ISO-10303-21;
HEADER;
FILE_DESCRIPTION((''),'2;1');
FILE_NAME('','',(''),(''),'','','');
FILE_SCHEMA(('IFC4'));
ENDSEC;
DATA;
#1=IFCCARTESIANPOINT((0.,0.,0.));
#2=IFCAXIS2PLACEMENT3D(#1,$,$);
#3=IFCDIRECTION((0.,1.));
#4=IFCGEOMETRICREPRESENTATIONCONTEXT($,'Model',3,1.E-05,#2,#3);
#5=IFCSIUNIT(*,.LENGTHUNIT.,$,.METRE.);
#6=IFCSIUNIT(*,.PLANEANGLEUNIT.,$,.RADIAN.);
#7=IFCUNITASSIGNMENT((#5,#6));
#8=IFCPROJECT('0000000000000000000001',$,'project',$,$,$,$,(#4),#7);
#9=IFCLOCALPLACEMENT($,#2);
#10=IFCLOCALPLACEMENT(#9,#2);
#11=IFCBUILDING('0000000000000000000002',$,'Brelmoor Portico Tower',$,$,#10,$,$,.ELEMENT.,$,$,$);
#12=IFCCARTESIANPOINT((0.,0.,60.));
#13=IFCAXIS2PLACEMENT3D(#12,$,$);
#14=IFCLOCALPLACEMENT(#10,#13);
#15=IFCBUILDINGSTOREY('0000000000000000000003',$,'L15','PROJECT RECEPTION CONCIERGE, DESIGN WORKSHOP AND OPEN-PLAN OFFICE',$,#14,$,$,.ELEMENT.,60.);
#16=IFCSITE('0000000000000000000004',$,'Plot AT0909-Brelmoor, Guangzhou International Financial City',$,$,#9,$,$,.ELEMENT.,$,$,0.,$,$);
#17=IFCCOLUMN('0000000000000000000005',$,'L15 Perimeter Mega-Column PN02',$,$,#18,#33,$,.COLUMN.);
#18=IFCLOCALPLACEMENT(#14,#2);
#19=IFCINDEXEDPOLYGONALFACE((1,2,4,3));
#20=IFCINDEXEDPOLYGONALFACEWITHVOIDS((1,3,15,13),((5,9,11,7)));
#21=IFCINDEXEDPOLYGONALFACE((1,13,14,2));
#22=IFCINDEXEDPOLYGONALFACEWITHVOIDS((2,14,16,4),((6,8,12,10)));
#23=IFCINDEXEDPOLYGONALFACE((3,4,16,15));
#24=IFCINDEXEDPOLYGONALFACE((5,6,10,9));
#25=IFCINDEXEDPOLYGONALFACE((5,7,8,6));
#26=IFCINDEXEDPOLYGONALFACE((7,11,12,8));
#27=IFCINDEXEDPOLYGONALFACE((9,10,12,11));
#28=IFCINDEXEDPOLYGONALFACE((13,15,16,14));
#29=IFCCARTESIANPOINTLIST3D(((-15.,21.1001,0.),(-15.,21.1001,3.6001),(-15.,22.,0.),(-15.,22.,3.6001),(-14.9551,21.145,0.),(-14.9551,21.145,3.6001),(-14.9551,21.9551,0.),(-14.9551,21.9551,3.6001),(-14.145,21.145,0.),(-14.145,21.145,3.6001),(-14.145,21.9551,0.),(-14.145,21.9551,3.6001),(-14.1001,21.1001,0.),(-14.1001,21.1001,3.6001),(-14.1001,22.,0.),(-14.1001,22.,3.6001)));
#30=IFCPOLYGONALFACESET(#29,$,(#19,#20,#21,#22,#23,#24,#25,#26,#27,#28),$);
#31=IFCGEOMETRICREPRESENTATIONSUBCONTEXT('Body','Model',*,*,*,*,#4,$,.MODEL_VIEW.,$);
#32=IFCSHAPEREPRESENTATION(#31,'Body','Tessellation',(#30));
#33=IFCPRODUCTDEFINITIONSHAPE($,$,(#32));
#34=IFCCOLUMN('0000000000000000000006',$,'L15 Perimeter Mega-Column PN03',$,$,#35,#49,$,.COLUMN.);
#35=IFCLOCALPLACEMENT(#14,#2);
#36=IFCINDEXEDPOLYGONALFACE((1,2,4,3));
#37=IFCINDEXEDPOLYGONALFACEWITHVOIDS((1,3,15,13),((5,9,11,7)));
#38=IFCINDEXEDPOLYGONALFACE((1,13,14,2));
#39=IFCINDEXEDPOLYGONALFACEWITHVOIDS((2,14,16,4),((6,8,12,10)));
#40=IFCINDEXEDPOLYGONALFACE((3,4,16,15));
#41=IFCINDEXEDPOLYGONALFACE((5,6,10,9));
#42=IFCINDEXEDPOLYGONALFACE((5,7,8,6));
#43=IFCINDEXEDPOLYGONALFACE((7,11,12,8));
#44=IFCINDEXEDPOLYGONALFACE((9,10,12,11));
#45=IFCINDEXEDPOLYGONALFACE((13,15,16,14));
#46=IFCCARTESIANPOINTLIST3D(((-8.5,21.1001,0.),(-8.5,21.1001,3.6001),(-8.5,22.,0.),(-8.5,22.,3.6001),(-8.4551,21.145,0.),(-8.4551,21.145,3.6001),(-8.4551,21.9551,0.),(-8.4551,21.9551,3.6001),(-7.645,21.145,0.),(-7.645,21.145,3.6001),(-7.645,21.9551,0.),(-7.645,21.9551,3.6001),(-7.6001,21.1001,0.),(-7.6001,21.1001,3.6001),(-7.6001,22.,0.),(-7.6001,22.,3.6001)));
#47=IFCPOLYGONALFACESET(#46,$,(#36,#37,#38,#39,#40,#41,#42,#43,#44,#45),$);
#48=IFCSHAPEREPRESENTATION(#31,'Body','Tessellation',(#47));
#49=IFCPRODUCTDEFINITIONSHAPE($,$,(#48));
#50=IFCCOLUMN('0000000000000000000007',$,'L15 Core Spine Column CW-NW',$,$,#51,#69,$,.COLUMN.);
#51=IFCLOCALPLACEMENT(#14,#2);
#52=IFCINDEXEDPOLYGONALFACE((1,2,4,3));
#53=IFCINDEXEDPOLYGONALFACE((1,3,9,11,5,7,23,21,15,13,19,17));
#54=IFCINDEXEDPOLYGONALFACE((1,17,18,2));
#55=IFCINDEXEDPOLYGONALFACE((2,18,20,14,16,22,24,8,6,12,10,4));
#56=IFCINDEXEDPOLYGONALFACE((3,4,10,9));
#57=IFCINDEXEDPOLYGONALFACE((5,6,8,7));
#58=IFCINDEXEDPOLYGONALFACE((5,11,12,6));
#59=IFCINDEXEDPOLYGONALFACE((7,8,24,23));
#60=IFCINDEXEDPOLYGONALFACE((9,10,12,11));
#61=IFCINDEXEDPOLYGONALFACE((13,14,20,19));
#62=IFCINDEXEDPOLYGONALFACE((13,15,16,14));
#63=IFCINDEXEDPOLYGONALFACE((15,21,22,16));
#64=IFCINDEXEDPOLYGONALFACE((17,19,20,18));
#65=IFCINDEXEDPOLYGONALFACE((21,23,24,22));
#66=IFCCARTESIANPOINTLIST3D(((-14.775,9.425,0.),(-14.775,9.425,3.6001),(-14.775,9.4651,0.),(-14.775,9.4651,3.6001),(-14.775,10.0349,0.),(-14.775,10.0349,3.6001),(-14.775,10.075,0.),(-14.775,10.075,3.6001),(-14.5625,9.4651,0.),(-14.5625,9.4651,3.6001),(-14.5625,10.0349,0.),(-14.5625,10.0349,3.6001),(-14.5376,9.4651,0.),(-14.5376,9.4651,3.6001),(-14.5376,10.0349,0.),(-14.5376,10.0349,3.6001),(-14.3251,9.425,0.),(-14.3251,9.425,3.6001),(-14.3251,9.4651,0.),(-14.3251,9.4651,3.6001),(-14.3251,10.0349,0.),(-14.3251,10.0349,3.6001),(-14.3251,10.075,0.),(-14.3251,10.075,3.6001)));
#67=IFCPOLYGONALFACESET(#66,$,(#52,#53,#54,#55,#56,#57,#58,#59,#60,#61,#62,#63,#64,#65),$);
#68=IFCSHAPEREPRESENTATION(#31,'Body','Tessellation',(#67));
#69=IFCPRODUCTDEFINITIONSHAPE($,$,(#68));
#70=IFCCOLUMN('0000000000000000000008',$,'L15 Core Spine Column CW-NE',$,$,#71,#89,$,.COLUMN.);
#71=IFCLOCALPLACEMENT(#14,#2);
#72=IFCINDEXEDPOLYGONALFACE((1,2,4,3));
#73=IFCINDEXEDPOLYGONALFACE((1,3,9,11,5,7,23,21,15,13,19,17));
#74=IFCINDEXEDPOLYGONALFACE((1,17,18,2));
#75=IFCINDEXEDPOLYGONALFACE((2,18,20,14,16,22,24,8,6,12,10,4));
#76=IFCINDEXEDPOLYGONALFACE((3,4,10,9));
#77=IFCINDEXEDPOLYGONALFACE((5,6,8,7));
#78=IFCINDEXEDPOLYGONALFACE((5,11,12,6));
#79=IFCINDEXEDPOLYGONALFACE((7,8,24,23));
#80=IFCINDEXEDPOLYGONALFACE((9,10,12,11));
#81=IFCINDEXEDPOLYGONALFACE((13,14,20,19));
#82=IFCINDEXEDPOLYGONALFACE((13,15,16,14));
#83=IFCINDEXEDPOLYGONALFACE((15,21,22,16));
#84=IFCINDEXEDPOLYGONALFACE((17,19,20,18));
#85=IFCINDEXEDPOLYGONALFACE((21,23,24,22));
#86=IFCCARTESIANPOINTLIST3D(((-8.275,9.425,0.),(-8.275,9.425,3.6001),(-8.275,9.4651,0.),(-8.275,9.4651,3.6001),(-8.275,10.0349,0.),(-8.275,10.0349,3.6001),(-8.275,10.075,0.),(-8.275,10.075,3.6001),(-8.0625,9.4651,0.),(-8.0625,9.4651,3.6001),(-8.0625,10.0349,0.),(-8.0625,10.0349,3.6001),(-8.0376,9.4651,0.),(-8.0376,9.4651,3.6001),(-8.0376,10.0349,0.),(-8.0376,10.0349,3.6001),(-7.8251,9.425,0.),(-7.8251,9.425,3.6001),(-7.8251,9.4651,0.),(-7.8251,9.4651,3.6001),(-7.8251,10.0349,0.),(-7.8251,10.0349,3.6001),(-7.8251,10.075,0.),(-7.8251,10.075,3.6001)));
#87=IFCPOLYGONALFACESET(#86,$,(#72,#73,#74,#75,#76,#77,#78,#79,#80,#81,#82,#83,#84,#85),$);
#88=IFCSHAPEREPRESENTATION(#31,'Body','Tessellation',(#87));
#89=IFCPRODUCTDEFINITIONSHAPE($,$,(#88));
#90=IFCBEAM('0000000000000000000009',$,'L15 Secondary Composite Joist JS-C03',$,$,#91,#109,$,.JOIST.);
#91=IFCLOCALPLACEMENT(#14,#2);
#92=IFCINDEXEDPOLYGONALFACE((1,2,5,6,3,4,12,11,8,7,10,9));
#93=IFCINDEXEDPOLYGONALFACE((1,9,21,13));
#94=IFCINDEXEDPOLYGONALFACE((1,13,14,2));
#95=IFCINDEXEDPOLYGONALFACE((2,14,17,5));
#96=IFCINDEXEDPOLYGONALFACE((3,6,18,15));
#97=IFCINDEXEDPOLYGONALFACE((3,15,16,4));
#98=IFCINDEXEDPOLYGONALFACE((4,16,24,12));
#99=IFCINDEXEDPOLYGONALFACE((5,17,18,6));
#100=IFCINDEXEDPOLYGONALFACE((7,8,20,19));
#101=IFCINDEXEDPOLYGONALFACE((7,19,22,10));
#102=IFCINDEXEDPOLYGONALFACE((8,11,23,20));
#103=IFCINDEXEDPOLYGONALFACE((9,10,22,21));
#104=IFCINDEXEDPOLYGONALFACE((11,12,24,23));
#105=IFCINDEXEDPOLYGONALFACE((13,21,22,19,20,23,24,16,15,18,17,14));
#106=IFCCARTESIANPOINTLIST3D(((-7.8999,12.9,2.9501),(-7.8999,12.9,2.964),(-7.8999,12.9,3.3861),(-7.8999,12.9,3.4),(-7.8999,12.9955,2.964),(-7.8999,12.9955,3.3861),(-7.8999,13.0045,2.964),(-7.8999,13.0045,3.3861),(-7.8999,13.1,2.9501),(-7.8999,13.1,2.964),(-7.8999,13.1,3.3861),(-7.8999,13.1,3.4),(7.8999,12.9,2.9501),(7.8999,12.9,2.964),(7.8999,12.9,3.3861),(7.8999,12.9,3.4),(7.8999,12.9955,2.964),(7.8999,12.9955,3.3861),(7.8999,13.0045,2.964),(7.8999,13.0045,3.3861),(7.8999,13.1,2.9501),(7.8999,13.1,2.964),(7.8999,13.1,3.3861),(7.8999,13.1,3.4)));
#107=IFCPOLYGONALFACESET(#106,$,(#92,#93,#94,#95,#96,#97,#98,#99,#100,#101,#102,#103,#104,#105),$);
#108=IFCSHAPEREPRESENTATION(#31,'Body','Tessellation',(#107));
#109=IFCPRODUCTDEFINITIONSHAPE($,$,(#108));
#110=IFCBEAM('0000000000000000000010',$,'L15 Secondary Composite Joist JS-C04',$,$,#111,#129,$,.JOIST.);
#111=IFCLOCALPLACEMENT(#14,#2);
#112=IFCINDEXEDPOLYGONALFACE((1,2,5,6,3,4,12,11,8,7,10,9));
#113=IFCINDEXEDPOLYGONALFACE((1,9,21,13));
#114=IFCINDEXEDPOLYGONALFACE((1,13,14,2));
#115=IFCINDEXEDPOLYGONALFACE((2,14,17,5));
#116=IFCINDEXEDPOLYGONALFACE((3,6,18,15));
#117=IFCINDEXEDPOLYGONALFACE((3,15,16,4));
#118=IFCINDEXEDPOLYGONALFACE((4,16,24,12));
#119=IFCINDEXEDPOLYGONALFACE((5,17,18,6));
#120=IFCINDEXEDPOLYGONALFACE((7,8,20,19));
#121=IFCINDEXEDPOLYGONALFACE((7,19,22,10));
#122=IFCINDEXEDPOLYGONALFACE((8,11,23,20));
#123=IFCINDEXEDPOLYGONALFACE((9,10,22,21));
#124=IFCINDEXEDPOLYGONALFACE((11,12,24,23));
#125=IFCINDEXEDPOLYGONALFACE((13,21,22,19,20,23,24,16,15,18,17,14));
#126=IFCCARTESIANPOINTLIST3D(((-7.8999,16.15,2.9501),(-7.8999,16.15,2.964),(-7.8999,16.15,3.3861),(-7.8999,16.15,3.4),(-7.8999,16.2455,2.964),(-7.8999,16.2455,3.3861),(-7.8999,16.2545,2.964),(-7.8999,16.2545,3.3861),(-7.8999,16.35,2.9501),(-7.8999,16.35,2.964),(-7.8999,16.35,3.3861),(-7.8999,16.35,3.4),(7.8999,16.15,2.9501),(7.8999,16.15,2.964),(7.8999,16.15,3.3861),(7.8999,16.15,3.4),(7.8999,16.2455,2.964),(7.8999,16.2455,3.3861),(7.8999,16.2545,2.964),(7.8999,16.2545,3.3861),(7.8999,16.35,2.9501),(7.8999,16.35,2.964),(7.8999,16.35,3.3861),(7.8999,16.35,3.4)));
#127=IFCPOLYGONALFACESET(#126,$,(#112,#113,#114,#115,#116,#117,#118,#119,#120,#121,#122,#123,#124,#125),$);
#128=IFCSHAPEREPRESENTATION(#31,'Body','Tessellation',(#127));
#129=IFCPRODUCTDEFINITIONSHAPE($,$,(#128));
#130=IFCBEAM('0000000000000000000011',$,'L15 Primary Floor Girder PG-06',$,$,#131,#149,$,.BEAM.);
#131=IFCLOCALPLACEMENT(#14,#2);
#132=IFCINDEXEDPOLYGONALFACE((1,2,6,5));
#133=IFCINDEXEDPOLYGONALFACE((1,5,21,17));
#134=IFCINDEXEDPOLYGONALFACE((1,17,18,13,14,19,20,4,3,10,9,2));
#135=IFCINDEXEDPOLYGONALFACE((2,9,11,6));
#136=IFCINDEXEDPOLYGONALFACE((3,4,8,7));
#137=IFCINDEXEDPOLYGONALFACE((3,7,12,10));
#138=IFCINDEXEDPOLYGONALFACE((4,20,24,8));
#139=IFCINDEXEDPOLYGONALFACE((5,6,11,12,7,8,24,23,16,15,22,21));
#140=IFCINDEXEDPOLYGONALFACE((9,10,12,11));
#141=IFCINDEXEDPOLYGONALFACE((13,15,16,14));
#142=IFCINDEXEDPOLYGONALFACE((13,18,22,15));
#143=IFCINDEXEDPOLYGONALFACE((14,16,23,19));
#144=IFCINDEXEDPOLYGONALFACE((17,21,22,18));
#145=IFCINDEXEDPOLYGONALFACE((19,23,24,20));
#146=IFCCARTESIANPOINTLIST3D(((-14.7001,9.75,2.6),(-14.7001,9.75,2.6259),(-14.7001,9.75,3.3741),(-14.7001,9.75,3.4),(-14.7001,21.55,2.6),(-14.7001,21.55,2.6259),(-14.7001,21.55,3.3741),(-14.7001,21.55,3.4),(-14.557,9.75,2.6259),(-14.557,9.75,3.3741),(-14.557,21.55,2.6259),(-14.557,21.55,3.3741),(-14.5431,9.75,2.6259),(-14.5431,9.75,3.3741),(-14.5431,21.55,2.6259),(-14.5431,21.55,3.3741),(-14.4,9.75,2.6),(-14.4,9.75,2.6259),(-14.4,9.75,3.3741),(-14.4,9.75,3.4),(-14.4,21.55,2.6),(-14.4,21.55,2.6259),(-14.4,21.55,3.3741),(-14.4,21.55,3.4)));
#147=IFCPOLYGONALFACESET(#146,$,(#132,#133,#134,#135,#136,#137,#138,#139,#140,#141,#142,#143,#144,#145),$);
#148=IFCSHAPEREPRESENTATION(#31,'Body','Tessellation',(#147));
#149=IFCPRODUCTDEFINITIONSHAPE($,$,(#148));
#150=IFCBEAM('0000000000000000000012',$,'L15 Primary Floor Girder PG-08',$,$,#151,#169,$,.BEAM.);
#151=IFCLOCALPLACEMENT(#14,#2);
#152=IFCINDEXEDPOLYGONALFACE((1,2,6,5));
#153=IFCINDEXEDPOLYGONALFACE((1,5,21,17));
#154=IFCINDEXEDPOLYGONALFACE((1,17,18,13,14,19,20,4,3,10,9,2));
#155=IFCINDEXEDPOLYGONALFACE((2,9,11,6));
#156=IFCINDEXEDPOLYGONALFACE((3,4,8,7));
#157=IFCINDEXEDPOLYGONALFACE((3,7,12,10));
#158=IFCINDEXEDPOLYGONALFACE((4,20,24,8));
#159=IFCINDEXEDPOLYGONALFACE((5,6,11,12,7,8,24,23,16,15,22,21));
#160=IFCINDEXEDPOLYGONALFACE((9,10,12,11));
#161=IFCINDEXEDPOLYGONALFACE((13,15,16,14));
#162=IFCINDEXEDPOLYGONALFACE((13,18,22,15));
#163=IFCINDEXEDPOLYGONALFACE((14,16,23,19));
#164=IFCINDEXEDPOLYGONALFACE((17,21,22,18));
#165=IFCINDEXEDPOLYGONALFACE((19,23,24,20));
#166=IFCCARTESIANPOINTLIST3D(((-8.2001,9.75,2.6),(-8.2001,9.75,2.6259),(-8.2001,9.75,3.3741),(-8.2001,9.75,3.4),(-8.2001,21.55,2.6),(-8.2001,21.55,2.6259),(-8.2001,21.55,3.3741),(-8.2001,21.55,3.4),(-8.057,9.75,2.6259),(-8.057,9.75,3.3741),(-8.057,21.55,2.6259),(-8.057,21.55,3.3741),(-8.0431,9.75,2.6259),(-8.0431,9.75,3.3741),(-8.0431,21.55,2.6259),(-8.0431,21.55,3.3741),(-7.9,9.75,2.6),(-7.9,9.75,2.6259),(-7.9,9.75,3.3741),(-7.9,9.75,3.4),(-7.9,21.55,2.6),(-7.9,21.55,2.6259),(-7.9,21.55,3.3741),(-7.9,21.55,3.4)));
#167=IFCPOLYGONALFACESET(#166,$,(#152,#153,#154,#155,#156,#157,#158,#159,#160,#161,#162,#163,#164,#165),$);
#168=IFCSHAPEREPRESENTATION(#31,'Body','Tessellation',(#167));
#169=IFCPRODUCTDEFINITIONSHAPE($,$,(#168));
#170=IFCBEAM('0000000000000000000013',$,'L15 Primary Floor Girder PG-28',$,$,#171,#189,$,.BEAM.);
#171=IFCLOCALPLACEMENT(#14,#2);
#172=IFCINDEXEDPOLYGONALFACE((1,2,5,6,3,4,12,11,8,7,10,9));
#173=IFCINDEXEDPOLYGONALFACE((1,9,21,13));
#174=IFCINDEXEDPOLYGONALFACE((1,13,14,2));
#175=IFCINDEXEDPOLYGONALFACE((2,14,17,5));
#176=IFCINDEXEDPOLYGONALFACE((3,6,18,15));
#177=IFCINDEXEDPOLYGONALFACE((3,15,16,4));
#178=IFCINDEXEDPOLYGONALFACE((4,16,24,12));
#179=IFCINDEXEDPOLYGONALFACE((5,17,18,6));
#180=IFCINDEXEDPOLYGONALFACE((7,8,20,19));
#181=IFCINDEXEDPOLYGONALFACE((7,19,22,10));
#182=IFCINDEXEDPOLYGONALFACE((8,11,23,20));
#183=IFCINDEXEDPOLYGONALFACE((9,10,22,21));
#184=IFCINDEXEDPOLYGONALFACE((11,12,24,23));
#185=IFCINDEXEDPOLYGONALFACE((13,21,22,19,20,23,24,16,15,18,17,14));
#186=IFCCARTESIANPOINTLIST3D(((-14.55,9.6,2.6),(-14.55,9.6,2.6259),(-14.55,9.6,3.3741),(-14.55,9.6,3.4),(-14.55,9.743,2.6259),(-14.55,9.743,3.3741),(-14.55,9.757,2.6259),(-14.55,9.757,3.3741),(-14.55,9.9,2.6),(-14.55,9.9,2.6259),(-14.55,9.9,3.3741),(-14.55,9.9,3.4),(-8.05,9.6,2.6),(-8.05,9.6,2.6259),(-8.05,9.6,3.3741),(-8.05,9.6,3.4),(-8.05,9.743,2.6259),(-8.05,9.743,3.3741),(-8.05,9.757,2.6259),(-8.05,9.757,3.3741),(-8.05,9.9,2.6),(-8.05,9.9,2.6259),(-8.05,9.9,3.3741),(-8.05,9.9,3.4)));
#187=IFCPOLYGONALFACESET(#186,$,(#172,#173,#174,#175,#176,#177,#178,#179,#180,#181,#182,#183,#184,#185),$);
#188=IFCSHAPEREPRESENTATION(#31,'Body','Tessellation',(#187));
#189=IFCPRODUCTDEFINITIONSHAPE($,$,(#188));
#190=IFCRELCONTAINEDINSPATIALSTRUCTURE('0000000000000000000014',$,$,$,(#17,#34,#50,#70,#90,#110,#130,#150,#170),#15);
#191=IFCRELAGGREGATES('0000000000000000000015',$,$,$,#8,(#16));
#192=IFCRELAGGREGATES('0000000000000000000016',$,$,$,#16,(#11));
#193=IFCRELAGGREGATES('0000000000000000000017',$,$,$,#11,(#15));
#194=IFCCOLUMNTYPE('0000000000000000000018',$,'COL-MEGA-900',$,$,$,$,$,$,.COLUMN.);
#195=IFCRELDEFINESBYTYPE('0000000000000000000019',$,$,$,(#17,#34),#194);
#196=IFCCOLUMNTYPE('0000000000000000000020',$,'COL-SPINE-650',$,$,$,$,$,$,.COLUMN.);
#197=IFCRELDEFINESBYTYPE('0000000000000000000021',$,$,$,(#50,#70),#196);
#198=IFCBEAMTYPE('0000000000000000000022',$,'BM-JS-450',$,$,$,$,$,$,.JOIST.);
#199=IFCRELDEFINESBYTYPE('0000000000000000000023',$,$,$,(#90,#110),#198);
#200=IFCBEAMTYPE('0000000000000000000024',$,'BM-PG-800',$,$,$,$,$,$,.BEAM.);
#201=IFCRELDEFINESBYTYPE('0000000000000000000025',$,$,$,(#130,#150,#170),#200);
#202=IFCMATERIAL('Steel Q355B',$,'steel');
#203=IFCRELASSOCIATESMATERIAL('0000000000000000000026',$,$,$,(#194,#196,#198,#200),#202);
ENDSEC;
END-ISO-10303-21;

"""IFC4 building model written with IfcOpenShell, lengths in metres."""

from ifc_helpers import new_model, si_unit, direction, frame, origin, origin_2d, place, context, subcontext, project, spatial, hollow_rectangle, i_section, extrude, material, material_profile, profile_set, type_object, element, save


model = new_model("IFC4")

# Units and contexts
model_context = context("Model", 3, precision=1e-05, world=origin(), true_north=direction((0.0, 1.0)))
body_context = subcontext(model_context, "Body", "Model", "MODEL_VIEW")
ifc_project = project(units=[si_unit("LENGTHUNIT", "METRE"), si_unit("PLANEANGLEUNIT", "RADIAN")], contexts=[model_context])

# Site, building, storey
site_placement = place(None, origin())
site = spatial("IfcSite", under=ifc_project, at=site_placement, Name="Plot AT0909-Brelmoor, Guangzhou International Financial City", CompositionType="ELEMENT", RefElevation=0.0)
building_placement = place(site_placement, origin())
building = spatial("IfcBuilding", under=site, at=building_placement, Name="Brelmoor Portico Tower", CompositionType="ELEMENT")
storey_placement = place(building_placement, frame((0.0, 0.0, 60.0)))
storey = spatial("IfcBuildingStorey", under=building, at=storey_placement, Name="L15", Description="PROJECT RECEPTION CONCIERGE, DESIGN WORKSHOP AND OPEN-PLAN OFFICE", CompositionType="ELEMENT", Elevation=60.0)

# Columns
ifc_material_1 = material(Name="Steel Q355B", Category="steel")
ifc_material_profile_1 = material_profile(ifc_material_1, hollow_rectangle(XDim=0.8999, YDim=0.8999, WallThickness=0.0449, at=origin_2d()), Name="BOX 900x900x45")
ifc_profile_set_1 = profile_set([ifc_material_profile_1], Name="Steel Q355B")
column_type_1 = type_object("IfcColumnType", Name="COL-MEGA-900", PredefinedType="COLUMN", material=ifc_profile_set_1)
for number, where, z_axis, x_axis, name in (
    (1, (-14.55, 21.55, 0.0), (0.0, 0.0, 1.0), (1.0, 0.0, 0.0), "L15 Perimeter Mega-Column PN02"),
    (2, (-8.05, 21.55, 0.0), (0.0, 0.0, 1.0), (1.0, 0.0, 0.0), "L15 Perimeter Mega-Column PN03"),
):
    element("IfcColumn", number, at=place(storey_placement, frame(where, z_axis=z_axis, x_axis=x_axis)), inside=storey, type_object=column_type_1, Name=name, PredefinedType="COLUMN", context=body_context, shape_type="SweptSolid", body=[
        extrude(hollow_rectangle(XDim=0.8999, YDim=0.8999, WallThickness=0.0449, at=origin_2d()), origin(), (0.0, 0.0, 1.0), 3.6001),
    ])
ifc_material_profile_2 = material_profile(ifc_material_1, i_section(OverallWidth=0.45, OverallDepth=0.6499, WebThickness=0.0249, FlangeThickness=0.04, at=origin_2d()), Name="HW 650x450x25x40")
ifc_profile_set_2 = profile_set([ifc_material_profile_2], Name="Steel Q355B")
column_type_2 = type_object("IfcColumnType", Name="COL-SPINE-650", PredefinedType="COLUMN", material=ifc_profile_set_2)
for number, where, z_axis, x_axis, name in (
    (3, (-14.55, 9.75, 0.0), (0.0, 0.0, 1.0), (1.0, 0.0, 0.0), "L15 Core Spine Column CW-NW"),
    (4, (-8.05, 9.75, 0.0), (0.0, 0.0, 1.0), (1.0, 0.0, 0.0), "L15 Core Spine Column CW-NE"),
):
    element("IfcColumn", number, at=place(storey_placement, frame(where, z_axis=z_axis, x_axis=x_axis)), inside=storey, type_object=column_type_2, Name=name, PredefinedType="COLUMN", context=body_context, shape_type="SweptSolid", body=[
        extrude(i_section(OverallWidth=0.45, OverallDepth=0.6499, WebThickness=0.0249, FlangeThickness=0.04, at=origin_2d()), origin(), (0.0, 0.0, 1.0), 3.6001),
    ])

# Beams
ifc_material_profile_3 = material_profile(ifc_material_1, i_section(OverallWidth=0.2, OverallDepth=0.45, WebThickness=0.009, FlangeThickness=0.0139, at=origin_2d()), Name="HN 450x200x9x14")
ifc_profile_set_3 = profile_set([ifc_material_profile_3], Name="Steel Q355B")
beam_type_1 = type_object("IfcBeamType", Name="BM-JS-450", PredefinedType="JOIST", material=ifc_profile_set_3)
for number, where, z_axis, x_axis, name in (
    (5, (-7.8999, 13.0, 3.175), (1.0, 0.0, 0.0), (0.0, 1.0, 0.0), "L15 Secondary Composite Joist JS-C03"),
    (6, (-7.8999, 16.25, 3.175), (1.0, 0.0, 0.0), (0.0, 1.0, 0.0), "L15 Secondary Composite Joist JS-C04"),
):
    element("IfcBeam", number, at=place(storey_placement, frame(where, z_axis=z_axis, x_axis=x_axis)), inside=storey, type_object=beam_type_1, Name=name, PredefinedType="JOIST", context=body_context, shape_type="SweptSolid", body=[
        extrude(i_section(OverallWidth=0.2, OverallDepth=0.45, WebThickness=0.009, FlangeThickness=0.0139, at=origin_2d()), origin(), (0.0, 0.0, 1.0), 15.7998),
    ])
ifc_material_profile_4 = material_profile(ifc_material_1, i_section(OverallWidth=0.3, OverallDepth=0.8, WebThickness=0.0139, FlangeThickness=0.0259, at=origin_2d()), Name="HN 800x300x14x26")
ifc_profile_set_4 = profile_set([ifc_material_profile_4], Name="Steel Q355B")
beam_type_2 = type_object("IfcBeamType", Name="BM-PG-800", PredefinedType="BEAM", material=ifc_profile_set_4)
for number, where, z_axis, x_axis, name in (
    (7, (-14.55, 9.75, 3.0), (0.0, 1.0, 0.0), (-1.0, 0.0, 0.0), "L15 Primary Floor Girder PG-06"),
    (8, (-8.05, 9.75, 3.0), (0.0, 1.0, 0.0), (-1.0, 0.0, 0.0), "L15 Primary Floor Girder PG-08"),
):
    element("IfcBeam", number, at=place(storey_placement, frame(where, z_axis=z_axis, x_axis=x_axis)), inside=storey, type_object=beam_type_2, Name=name, PredefinedType="BEAM", context=body_context, shape_type="SweptSolid", body=[
        extrude(i_section(OverallWidth=0.3, OverallDepth=0.8, WebThickness=0.0139, FlangeThickness=0.0259, at=origin_2d()), origin(), (0.0, 0.0, 1.0), 11.8),
    ])
beam_1_placement = place(storey_placement, frame((-14.55, 9.75, 3.0), z_axis=(1.0, 0.0, 0.0), x_axis=(0.0, 1.0, 0.0)))
element("IfcBeam", 9, at=beam_1_placement, inside=storey, type_object=beam_type_2, Name="L15 Primary Floor Girder PG-28", PredefinedType="BEAM", context=body_context, shape_type="SweptSolid", body=[
    extrude(i_section(OverallWidth=0.3, OverallDepth=0.8, WebThickness=0.0139, FlangeThickness=0.0259, at=origin_2d()), origin(), (0.0, 0.0, 1.0), 6.5),
])

save(model, "model.ifc")
